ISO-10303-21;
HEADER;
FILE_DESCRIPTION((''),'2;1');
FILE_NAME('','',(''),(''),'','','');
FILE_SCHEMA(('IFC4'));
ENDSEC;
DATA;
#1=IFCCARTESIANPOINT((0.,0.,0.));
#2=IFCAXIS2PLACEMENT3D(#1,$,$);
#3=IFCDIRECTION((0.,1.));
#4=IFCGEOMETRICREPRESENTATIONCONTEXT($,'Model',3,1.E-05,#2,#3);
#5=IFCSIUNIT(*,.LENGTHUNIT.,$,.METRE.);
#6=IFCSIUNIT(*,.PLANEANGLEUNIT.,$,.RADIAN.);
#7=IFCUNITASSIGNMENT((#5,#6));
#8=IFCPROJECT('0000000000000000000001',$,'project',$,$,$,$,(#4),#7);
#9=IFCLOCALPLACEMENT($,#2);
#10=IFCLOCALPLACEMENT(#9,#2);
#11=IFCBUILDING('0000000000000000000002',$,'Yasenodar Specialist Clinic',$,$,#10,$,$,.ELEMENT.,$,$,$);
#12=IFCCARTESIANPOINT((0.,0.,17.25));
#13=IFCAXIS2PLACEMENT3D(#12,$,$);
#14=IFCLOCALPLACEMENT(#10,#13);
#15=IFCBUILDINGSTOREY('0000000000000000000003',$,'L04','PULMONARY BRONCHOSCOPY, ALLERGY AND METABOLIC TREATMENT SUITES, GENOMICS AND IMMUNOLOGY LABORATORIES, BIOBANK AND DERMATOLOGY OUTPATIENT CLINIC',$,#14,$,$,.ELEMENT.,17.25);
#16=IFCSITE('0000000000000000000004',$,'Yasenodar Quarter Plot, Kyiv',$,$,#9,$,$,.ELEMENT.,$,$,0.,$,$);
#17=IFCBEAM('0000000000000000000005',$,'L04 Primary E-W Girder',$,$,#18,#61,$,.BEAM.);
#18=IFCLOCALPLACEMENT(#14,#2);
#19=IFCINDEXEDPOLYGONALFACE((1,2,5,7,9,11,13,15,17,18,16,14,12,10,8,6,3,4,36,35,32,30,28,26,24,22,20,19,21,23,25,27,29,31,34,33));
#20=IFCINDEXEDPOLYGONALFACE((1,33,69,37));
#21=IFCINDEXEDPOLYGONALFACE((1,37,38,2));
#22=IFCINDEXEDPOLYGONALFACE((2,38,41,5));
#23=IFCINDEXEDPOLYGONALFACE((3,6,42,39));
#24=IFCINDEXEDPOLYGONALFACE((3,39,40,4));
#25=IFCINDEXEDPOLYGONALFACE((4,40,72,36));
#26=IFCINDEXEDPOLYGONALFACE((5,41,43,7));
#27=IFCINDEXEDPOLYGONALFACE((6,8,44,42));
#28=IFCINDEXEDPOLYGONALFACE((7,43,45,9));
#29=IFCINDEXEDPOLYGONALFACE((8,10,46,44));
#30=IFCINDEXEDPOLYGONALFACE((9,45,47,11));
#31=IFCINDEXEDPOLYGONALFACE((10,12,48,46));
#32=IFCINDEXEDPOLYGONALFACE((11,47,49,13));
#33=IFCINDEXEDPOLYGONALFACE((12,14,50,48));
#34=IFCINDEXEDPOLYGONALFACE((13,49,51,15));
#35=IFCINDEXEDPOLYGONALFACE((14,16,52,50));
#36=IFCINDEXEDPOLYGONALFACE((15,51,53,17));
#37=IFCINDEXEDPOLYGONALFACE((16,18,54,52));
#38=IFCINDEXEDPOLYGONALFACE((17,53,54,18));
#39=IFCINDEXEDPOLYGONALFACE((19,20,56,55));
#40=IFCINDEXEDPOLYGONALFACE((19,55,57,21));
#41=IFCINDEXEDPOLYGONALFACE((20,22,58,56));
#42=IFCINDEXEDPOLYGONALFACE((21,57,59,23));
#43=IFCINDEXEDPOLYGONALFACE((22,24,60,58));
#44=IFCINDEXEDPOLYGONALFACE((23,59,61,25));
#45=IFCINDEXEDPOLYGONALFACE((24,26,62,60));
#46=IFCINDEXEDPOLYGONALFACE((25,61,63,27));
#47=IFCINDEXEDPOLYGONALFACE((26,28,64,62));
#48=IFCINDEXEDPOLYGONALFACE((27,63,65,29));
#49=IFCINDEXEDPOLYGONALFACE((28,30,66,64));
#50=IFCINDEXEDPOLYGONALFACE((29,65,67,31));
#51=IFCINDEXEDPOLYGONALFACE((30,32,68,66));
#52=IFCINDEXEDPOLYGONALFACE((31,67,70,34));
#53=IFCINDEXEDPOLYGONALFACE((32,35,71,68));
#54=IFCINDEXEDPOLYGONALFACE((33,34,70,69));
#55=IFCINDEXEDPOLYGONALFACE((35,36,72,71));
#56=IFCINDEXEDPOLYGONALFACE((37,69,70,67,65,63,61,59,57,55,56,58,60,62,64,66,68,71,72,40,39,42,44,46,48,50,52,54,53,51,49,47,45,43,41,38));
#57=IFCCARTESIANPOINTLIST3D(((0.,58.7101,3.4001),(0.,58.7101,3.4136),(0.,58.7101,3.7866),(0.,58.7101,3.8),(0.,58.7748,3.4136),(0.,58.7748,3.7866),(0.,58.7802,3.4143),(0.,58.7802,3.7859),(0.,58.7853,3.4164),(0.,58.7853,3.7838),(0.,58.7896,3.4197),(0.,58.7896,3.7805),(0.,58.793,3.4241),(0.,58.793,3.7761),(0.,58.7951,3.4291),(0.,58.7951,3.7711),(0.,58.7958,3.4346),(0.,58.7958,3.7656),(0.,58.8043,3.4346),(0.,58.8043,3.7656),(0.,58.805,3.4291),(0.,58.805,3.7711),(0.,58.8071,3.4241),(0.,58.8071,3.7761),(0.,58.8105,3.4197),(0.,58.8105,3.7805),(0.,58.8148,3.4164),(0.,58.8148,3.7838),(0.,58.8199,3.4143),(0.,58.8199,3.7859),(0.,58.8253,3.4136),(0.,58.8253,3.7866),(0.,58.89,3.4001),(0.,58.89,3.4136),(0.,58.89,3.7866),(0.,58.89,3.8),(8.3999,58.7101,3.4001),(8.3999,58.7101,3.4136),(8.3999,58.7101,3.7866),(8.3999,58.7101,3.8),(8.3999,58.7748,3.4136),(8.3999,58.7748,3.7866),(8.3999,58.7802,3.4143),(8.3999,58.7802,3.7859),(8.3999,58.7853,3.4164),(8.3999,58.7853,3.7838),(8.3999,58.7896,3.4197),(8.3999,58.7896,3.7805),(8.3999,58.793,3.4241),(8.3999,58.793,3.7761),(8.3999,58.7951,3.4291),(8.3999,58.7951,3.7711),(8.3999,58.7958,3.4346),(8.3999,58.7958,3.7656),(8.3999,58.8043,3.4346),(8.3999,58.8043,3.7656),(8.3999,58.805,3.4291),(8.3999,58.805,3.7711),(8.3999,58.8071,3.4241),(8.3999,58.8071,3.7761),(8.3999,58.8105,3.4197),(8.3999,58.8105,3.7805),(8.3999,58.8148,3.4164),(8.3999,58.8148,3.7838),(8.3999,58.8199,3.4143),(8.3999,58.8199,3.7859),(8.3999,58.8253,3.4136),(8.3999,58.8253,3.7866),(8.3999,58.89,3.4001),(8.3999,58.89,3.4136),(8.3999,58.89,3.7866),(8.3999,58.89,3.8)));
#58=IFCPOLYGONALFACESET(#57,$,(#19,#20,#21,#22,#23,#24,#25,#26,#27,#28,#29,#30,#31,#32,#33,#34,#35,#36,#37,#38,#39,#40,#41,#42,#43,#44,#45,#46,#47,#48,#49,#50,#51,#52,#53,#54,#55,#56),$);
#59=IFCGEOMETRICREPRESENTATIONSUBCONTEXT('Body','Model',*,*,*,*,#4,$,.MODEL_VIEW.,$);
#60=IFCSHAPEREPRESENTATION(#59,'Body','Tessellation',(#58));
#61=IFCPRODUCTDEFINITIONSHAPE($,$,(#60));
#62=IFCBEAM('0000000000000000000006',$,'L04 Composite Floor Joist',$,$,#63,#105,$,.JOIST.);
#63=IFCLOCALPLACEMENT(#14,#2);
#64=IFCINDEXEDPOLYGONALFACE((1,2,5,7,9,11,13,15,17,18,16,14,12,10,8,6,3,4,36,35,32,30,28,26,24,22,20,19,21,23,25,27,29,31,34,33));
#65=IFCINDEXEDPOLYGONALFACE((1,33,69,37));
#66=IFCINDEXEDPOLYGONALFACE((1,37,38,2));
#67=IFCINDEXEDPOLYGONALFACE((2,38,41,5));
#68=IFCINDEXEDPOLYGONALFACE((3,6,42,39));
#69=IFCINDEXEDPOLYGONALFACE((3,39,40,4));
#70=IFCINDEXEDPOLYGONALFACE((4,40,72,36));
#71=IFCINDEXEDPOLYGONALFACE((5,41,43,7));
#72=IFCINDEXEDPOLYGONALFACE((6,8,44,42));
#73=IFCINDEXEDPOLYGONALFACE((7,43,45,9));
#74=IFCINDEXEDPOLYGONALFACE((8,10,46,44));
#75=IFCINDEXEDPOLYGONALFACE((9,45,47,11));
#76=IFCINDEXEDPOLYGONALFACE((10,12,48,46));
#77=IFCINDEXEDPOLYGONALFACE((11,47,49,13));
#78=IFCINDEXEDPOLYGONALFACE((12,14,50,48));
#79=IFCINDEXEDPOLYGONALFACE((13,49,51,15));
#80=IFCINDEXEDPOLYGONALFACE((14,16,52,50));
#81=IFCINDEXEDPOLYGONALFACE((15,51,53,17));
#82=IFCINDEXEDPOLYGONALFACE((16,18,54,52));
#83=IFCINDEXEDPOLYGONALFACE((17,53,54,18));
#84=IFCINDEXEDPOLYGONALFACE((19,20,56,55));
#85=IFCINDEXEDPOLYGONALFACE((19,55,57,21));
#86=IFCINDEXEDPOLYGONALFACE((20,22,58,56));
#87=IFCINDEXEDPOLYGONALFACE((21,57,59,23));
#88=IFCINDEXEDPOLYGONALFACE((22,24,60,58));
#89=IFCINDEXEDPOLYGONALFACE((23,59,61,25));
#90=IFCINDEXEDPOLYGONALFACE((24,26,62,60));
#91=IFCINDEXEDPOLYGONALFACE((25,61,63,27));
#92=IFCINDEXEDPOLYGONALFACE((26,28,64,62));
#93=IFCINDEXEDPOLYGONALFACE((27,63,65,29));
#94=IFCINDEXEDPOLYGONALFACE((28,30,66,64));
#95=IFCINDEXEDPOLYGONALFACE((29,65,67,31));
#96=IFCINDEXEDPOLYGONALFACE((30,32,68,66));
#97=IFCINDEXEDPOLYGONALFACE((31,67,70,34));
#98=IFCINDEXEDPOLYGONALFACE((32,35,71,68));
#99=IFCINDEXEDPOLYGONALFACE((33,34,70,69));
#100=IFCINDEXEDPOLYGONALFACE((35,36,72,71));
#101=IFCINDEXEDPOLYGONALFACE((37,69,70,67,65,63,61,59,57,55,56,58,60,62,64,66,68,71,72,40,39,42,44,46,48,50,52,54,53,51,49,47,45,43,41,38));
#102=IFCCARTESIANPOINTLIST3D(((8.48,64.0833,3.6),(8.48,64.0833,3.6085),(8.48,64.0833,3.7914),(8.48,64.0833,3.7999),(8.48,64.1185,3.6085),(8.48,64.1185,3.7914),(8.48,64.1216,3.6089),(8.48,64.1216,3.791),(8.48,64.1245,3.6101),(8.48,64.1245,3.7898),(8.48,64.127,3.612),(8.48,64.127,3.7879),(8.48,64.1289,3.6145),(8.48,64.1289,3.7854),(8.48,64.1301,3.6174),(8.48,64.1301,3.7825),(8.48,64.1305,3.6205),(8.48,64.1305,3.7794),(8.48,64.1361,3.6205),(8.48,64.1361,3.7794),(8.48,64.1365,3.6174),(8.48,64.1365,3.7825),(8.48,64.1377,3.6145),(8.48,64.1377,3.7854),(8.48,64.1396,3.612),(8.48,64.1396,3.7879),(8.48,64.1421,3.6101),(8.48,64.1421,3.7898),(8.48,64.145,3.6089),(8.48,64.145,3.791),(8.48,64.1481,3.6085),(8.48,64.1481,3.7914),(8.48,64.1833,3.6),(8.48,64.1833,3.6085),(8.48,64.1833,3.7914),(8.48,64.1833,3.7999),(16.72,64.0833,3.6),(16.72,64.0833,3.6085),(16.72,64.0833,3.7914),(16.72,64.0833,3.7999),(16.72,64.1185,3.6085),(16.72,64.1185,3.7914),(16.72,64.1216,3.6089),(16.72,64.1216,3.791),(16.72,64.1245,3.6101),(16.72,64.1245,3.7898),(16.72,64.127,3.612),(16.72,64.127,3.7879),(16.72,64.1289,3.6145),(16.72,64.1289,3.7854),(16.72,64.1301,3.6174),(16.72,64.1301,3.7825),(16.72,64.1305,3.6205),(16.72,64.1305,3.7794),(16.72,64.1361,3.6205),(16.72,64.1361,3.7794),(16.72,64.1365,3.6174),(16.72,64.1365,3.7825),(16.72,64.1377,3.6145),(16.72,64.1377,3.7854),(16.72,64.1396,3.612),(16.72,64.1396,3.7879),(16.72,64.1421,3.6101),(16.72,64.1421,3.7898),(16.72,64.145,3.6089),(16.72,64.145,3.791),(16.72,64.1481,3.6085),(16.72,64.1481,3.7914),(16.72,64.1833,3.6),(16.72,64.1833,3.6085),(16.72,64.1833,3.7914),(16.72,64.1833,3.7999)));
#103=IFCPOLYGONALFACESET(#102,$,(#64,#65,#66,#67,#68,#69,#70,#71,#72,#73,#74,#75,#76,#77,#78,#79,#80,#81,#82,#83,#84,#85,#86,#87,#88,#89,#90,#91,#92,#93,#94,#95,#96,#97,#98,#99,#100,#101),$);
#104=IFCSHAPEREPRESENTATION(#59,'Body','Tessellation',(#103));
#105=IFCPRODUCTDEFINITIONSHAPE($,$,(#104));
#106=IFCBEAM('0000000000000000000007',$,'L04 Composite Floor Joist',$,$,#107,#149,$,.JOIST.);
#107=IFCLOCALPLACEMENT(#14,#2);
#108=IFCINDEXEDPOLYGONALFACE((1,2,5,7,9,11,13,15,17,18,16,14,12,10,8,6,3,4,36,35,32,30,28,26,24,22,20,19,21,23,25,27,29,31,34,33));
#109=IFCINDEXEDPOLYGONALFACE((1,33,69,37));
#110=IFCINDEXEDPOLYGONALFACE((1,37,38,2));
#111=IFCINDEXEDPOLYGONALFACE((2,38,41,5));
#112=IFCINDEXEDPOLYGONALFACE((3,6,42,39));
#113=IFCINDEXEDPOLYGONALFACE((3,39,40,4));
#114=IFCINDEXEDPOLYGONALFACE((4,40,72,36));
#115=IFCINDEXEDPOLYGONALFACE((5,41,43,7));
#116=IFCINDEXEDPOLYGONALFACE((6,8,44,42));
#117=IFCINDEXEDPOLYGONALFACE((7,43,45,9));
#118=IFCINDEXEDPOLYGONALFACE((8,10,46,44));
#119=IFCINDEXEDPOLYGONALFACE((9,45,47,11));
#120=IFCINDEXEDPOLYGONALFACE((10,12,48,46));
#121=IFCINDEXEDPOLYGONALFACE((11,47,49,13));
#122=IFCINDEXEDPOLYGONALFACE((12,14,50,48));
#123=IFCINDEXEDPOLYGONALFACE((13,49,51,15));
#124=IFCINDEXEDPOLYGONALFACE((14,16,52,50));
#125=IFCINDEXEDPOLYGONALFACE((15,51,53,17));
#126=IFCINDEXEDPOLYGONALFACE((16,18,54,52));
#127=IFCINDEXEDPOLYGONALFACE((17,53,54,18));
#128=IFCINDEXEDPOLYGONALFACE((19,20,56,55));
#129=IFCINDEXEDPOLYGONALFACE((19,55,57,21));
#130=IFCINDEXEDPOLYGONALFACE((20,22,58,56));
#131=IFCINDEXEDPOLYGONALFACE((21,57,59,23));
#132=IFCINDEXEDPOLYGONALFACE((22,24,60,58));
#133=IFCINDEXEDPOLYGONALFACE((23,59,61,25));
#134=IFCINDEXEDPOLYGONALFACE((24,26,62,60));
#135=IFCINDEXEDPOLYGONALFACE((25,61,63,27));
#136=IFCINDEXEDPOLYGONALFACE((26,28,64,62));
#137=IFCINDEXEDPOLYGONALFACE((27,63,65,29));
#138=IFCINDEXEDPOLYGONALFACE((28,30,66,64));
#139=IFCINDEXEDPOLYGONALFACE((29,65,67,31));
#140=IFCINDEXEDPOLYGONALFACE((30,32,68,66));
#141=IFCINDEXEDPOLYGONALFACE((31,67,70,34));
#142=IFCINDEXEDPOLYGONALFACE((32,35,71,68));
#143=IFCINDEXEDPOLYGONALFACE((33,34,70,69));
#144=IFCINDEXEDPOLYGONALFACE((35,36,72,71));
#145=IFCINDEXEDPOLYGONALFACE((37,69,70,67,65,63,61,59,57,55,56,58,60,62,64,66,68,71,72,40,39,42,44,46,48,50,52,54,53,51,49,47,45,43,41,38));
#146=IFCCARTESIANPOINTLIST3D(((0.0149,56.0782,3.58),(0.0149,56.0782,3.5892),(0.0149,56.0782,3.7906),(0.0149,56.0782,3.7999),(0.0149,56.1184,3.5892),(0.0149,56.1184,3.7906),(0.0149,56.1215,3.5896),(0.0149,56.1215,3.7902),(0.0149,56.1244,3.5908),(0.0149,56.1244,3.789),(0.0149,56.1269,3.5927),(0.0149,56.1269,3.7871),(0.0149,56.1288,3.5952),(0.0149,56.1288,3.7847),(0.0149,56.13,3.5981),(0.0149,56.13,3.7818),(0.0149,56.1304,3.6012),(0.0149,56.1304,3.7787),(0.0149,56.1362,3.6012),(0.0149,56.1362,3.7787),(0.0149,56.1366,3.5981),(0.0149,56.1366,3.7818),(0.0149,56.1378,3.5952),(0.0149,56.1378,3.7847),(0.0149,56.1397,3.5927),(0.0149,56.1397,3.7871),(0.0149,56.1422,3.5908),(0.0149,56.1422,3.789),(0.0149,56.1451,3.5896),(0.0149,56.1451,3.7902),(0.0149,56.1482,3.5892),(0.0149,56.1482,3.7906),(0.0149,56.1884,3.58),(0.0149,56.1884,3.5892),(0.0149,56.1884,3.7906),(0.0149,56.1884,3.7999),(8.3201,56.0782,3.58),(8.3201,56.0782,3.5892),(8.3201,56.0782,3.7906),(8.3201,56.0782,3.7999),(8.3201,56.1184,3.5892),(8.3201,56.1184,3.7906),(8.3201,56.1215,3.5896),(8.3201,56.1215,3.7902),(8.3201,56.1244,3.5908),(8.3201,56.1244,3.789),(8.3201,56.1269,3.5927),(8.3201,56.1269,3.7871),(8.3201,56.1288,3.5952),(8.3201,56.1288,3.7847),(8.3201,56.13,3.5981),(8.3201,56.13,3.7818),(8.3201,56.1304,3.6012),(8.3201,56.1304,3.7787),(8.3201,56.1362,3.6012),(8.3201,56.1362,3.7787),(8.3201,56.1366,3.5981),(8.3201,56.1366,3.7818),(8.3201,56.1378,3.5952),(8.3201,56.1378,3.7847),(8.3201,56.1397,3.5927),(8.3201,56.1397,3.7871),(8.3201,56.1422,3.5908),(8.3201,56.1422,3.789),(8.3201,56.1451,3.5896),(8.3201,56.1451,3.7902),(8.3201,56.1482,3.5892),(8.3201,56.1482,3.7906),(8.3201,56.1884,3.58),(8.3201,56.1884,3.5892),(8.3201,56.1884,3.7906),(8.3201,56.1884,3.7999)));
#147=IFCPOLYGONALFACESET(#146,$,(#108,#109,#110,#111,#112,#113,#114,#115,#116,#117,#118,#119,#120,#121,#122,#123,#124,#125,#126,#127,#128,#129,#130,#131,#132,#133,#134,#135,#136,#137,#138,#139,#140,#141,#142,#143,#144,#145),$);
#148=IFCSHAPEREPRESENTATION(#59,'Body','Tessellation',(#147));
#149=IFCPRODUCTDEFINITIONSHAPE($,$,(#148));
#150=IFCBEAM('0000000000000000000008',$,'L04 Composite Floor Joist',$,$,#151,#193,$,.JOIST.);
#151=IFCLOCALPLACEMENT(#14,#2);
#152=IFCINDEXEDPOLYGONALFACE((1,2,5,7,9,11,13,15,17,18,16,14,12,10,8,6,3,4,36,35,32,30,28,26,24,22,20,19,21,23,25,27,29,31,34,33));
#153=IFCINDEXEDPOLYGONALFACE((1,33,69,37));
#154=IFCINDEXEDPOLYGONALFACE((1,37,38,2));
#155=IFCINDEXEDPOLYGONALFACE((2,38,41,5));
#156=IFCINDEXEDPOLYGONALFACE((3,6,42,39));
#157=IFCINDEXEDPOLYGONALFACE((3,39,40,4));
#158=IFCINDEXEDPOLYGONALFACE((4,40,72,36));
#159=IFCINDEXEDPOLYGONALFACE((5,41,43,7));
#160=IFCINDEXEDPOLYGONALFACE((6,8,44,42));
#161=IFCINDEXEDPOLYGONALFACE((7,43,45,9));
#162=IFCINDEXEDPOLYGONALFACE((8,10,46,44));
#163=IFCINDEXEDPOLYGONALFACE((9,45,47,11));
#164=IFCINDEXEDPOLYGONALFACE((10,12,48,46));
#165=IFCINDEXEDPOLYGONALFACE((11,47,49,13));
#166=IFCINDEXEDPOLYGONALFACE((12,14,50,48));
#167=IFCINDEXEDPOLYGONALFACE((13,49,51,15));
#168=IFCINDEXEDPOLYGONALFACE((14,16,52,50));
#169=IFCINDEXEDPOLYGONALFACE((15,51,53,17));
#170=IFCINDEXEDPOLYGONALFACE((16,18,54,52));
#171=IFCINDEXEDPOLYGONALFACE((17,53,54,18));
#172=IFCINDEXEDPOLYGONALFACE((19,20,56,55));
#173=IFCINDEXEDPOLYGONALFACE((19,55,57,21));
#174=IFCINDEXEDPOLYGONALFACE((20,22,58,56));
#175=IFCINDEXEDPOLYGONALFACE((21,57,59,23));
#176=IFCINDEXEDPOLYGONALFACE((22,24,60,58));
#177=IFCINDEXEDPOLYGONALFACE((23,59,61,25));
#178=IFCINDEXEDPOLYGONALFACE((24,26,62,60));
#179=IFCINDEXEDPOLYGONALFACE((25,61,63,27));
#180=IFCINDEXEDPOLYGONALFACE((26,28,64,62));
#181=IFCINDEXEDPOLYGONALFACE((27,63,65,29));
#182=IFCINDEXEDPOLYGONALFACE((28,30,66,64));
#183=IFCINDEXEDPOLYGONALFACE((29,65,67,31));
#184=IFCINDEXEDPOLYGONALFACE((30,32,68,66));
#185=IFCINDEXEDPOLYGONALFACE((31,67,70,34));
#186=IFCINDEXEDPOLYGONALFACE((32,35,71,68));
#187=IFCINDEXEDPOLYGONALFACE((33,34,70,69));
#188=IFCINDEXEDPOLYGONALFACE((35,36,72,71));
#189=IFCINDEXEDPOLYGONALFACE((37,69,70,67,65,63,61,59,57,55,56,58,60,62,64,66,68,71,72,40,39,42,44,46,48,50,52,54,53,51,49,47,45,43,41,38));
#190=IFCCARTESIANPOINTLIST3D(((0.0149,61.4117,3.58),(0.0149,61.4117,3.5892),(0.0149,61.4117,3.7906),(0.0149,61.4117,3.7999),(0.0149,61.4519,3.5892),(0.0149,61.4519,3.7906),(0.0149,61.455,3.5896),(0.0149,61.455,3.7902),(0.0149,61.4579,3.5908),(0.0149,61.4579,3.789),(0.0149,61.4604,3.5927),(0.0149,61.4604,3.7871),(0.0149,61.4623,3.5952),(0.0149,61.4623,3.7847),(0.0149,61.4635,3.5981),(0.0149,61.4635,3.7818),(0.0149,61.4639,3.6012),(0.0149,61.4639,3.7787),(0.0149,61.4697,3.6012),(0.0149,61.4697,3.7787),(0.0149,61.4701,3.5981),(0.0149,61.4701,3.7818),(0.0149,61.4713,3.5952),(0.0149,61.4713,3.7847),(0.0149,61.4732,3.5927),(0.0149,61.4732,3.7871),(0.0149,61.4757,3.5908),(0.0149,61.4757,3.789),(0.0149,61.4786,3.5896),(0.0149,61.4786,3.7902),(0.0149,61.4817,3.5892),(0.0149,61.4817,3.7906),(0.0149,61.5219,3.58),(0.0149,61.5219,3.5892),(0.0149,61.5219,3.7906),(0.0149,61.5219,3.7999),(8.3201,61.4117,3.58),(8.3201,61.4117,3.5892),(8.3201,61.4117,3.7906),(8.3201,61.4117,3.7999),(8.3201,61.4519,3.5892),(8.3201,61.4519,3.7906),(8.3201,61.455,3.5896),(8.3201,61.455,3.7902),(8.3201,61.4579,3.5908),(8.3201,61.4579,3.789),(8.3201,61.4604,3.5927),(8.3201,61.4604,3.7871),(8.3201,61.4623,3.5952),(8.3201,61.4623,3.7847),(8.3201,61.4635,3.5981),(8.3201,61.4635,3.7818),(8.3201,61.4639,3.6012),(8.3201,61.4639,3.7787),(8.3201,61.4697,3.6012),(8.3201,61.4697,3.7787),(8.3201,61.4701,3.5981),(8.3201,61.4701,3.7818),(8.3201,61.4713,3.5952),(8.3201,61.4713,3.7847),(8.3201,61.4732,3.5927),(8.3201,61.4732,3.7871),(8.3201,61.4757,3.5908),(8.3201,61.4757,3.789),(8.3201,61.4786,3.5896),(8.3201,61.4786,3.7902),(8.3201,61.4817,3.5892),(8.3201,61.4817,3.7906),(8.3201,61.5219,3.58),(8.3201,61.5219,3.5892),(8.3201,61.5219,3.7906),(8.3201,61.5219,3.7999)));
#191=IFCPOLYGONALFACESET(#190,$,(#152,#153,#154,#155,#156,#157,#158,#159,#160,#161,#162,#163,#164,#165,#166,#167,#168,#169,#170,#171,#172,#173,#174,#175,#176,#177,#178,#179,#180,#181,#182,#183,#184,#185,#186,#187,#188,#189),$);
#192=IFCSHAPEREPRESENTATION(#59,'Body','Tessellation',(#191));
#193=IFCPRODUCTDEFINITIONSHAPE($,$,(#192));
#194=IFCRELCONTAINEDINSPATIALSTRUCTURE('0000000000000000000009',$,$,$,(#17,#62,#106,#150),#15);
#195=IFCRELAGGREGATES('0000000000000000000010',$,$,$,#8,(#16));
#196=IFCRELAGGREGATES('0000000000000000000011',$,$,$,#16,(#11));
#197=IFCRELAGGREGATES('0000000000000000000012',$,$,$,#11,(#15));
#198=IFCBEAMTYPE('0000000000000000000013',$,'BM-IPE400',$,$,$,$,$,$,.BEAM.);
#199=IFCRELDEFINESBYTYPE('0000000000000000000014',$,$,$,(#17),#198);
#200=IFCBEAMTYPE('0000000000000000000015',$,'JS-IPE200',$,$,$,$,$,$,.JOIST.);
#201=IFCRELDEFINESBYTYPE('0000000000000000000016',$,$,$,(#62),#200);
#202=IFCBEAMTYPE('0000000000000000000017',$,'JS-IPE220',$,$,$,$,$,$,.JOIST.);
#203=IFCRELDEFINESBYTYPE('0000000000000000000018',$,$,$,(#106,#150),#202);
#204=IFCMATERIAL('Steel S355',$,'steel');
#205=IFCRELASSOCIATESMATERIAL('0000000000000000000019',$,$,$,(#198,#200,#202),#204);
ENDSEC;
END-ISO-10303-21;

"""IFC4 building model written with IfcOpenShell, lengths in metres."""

from ifc_helpers import new_model, si_unit, direction, frame, origin, origin_2d, place, context, subcontext, project, spatial, i_section, extrude, material, material_profile, profile_set, type_object, element, save


model = new_model("IFC4")

# Units and contexts
model_context = context("Model", 3, precision=1e-05, world=origin(), true_north=direction((0.0, 1.0)))
body_context = subcontext(model_context, "Body", "Model", "MODEL_VIEW")
ifc_project = project(units=[si_unit("LENGTHUNIT", "METRE"), si_unit("PLANEANGLEUNIT", "RADIAN")], contexts=[model_context])

# Site, building, storey
site_placement = place(None, origin())
site = spatial("IfcSite", under=ifc_project, at=site_placement, Name="Yasenodar Quarter Plot, Kyiv", CompositionType="ELEMENT", RefElevation=0.0)
building_placement = place(site_placement, origin())
building = spatial("IfcBuilding", under=site, at=building_placement, Name="Yasenodar Specialist Clinic", CompositionType="ELEMENT")
storey_placement = place(building_placement, frame((0.0, 0.0, 17.25)))
storey = spatial("IfcBuildingStorey", under=building, at=storey_placement, Name="L04", Description="PULMONARY BRONCHOSCOPY, ALLERGY AND METABOLIC TREATMENT SUITES, GENOMICS AND IMMUNOLOGY LABORATORIES, BIOBANK AND DERMATOLOGY OUTPATIENT CLINIC", CompositionType="ELEMENT", Elevation=17.25)

# Shared definitions
ifc_material_1 = material(Name="Steel S355", Category="steel")

# Beams
ifc_material_profile_1 = material_profile(ifc_material_1, i_section(OverallWidth=0.1799, OverallDepth=0.3999, WebThickness=0.0085, FlangeThickness=0.0134, FilletRadius=0.021, at=origin_2d()), Name="IPE 400")
ifc_profile_set_1 = profile_set([ifc_material_profile_1], Name="Steel S355")
beam_type_1 = type_object("IfcBeamType", Name="BM-IPE400", PredefinedType="BEAM", material=ifc_profile_set_1)
beam_1_placement = place(storey_placement, frame((0.0, 58.8, 3.6001), z_axis=(1.0, 0.0, 0.0), x_axis=(0.0, 1.0, 0.0)))
element("IfcBeam", 1, at=beam_1_placement, inside=storey, type_object=beam_type_1, Name="L04 Primary E-W Girder", PredefinedType="BEAM", context=body_context, shape_type="SweptSolid", body=[
    extrude(i_section(OverallWidth=0.1799, OverallDepth=0.3999, WebThickness=0.0085, FlangeThickness=0.0134, FilletRadius=0.021, at=origin_2d()), origin(), (0.0, 0.0, 1.0), 8.3999),
])
ifc_material_profile_2 = material_profile(ifc_material_1, i_section(OverallWidth=0.1001, OverallDepth=0.2, WebThickness=0.0056, FlangeThickness=0.0085, FilletRadius=0.012, at=origin_2d()), Name="IPE 200")
ifc_profile_set_2 = profile_set([ifc_material_profile_2], Name="Steel S355")
beam_type_2 = type_object("IfcBeamType", Name="JS-IPE200", PredefinedType="JOIST", material=ifc_profile_set_2)
beam_2_placement = place(storey_placement, frame((8.48, 64.1333, 3.7), z_axis=(1.0, 0.0, 0.0), x_axis=(0.0, 1.0, 0.0)))
element("IfcBeam", 2, at=beam_2_placement, inside=storey, type_object=beam_type_2, Name="L04 Composite Floor Joist", PredefinedType="JOIST", context=body_context, shape_type="SweptSolid", body=[
    extrude(i_section(OverallWidth=0.1001, OverallDepth=0.2, WebThickness=0.0056, FlangeThickness=0.0085, FilletRadius=0.012, at=origin_2d()), origin(), (0.0, 0.0, 1.0), 8.24),
])
ifc_material_profile_3 = material_profile(ifc_material_1, i_section(OverallWidth=0.1101, OverallDepth=0.22, WebThickness=0.0059, FlangeThickness=0.0093, FilletRadius=0.012, at=origin_2d()), Name="IPE 220")
ifc_profile_set_3 = profile_set([ifc_material_profile_3], Name="Steel S355")
beam_type_3 = type_object("IfcBeamType", Name="JS-IPE220", PredefinedType="JOIST", material=ifc_profile_set_3)
for number, where, z_axis, x_axis, name in (
    (3, (0.0149, 56.1333, 3.6899), (1.0, 0.0, 0.0), (0.0, 1.0, 0.0), "L04 Composite Floor Joist"),
    (4, (0.0149, 61.4668, 3.6899), (1.0, 0.0, 0.0), (0.0, 1.0, 0.0), "L04 Composite Floor Joist"),
):
    element("IfcBeam", number, at=place(storey_placement, frame(where, z_axis=z_axis, x_axis=x_axis)), inside=storey, type_object=beam_type_3, Name=name, PredefinedType="JOIST", context=body_context, shape_type="SweptSolid", body=[
        extrude(i_section(OverallWidth=0.1101, OverallDepth=0.22, WebThickness=0.0059, FlangeThickness=0.0093, FilletRadius=0.012, at=origin_2d()), origin(), (0.0, 0.0, 1.0), 8.3052),
    ])

save(model, "model.ifc")
